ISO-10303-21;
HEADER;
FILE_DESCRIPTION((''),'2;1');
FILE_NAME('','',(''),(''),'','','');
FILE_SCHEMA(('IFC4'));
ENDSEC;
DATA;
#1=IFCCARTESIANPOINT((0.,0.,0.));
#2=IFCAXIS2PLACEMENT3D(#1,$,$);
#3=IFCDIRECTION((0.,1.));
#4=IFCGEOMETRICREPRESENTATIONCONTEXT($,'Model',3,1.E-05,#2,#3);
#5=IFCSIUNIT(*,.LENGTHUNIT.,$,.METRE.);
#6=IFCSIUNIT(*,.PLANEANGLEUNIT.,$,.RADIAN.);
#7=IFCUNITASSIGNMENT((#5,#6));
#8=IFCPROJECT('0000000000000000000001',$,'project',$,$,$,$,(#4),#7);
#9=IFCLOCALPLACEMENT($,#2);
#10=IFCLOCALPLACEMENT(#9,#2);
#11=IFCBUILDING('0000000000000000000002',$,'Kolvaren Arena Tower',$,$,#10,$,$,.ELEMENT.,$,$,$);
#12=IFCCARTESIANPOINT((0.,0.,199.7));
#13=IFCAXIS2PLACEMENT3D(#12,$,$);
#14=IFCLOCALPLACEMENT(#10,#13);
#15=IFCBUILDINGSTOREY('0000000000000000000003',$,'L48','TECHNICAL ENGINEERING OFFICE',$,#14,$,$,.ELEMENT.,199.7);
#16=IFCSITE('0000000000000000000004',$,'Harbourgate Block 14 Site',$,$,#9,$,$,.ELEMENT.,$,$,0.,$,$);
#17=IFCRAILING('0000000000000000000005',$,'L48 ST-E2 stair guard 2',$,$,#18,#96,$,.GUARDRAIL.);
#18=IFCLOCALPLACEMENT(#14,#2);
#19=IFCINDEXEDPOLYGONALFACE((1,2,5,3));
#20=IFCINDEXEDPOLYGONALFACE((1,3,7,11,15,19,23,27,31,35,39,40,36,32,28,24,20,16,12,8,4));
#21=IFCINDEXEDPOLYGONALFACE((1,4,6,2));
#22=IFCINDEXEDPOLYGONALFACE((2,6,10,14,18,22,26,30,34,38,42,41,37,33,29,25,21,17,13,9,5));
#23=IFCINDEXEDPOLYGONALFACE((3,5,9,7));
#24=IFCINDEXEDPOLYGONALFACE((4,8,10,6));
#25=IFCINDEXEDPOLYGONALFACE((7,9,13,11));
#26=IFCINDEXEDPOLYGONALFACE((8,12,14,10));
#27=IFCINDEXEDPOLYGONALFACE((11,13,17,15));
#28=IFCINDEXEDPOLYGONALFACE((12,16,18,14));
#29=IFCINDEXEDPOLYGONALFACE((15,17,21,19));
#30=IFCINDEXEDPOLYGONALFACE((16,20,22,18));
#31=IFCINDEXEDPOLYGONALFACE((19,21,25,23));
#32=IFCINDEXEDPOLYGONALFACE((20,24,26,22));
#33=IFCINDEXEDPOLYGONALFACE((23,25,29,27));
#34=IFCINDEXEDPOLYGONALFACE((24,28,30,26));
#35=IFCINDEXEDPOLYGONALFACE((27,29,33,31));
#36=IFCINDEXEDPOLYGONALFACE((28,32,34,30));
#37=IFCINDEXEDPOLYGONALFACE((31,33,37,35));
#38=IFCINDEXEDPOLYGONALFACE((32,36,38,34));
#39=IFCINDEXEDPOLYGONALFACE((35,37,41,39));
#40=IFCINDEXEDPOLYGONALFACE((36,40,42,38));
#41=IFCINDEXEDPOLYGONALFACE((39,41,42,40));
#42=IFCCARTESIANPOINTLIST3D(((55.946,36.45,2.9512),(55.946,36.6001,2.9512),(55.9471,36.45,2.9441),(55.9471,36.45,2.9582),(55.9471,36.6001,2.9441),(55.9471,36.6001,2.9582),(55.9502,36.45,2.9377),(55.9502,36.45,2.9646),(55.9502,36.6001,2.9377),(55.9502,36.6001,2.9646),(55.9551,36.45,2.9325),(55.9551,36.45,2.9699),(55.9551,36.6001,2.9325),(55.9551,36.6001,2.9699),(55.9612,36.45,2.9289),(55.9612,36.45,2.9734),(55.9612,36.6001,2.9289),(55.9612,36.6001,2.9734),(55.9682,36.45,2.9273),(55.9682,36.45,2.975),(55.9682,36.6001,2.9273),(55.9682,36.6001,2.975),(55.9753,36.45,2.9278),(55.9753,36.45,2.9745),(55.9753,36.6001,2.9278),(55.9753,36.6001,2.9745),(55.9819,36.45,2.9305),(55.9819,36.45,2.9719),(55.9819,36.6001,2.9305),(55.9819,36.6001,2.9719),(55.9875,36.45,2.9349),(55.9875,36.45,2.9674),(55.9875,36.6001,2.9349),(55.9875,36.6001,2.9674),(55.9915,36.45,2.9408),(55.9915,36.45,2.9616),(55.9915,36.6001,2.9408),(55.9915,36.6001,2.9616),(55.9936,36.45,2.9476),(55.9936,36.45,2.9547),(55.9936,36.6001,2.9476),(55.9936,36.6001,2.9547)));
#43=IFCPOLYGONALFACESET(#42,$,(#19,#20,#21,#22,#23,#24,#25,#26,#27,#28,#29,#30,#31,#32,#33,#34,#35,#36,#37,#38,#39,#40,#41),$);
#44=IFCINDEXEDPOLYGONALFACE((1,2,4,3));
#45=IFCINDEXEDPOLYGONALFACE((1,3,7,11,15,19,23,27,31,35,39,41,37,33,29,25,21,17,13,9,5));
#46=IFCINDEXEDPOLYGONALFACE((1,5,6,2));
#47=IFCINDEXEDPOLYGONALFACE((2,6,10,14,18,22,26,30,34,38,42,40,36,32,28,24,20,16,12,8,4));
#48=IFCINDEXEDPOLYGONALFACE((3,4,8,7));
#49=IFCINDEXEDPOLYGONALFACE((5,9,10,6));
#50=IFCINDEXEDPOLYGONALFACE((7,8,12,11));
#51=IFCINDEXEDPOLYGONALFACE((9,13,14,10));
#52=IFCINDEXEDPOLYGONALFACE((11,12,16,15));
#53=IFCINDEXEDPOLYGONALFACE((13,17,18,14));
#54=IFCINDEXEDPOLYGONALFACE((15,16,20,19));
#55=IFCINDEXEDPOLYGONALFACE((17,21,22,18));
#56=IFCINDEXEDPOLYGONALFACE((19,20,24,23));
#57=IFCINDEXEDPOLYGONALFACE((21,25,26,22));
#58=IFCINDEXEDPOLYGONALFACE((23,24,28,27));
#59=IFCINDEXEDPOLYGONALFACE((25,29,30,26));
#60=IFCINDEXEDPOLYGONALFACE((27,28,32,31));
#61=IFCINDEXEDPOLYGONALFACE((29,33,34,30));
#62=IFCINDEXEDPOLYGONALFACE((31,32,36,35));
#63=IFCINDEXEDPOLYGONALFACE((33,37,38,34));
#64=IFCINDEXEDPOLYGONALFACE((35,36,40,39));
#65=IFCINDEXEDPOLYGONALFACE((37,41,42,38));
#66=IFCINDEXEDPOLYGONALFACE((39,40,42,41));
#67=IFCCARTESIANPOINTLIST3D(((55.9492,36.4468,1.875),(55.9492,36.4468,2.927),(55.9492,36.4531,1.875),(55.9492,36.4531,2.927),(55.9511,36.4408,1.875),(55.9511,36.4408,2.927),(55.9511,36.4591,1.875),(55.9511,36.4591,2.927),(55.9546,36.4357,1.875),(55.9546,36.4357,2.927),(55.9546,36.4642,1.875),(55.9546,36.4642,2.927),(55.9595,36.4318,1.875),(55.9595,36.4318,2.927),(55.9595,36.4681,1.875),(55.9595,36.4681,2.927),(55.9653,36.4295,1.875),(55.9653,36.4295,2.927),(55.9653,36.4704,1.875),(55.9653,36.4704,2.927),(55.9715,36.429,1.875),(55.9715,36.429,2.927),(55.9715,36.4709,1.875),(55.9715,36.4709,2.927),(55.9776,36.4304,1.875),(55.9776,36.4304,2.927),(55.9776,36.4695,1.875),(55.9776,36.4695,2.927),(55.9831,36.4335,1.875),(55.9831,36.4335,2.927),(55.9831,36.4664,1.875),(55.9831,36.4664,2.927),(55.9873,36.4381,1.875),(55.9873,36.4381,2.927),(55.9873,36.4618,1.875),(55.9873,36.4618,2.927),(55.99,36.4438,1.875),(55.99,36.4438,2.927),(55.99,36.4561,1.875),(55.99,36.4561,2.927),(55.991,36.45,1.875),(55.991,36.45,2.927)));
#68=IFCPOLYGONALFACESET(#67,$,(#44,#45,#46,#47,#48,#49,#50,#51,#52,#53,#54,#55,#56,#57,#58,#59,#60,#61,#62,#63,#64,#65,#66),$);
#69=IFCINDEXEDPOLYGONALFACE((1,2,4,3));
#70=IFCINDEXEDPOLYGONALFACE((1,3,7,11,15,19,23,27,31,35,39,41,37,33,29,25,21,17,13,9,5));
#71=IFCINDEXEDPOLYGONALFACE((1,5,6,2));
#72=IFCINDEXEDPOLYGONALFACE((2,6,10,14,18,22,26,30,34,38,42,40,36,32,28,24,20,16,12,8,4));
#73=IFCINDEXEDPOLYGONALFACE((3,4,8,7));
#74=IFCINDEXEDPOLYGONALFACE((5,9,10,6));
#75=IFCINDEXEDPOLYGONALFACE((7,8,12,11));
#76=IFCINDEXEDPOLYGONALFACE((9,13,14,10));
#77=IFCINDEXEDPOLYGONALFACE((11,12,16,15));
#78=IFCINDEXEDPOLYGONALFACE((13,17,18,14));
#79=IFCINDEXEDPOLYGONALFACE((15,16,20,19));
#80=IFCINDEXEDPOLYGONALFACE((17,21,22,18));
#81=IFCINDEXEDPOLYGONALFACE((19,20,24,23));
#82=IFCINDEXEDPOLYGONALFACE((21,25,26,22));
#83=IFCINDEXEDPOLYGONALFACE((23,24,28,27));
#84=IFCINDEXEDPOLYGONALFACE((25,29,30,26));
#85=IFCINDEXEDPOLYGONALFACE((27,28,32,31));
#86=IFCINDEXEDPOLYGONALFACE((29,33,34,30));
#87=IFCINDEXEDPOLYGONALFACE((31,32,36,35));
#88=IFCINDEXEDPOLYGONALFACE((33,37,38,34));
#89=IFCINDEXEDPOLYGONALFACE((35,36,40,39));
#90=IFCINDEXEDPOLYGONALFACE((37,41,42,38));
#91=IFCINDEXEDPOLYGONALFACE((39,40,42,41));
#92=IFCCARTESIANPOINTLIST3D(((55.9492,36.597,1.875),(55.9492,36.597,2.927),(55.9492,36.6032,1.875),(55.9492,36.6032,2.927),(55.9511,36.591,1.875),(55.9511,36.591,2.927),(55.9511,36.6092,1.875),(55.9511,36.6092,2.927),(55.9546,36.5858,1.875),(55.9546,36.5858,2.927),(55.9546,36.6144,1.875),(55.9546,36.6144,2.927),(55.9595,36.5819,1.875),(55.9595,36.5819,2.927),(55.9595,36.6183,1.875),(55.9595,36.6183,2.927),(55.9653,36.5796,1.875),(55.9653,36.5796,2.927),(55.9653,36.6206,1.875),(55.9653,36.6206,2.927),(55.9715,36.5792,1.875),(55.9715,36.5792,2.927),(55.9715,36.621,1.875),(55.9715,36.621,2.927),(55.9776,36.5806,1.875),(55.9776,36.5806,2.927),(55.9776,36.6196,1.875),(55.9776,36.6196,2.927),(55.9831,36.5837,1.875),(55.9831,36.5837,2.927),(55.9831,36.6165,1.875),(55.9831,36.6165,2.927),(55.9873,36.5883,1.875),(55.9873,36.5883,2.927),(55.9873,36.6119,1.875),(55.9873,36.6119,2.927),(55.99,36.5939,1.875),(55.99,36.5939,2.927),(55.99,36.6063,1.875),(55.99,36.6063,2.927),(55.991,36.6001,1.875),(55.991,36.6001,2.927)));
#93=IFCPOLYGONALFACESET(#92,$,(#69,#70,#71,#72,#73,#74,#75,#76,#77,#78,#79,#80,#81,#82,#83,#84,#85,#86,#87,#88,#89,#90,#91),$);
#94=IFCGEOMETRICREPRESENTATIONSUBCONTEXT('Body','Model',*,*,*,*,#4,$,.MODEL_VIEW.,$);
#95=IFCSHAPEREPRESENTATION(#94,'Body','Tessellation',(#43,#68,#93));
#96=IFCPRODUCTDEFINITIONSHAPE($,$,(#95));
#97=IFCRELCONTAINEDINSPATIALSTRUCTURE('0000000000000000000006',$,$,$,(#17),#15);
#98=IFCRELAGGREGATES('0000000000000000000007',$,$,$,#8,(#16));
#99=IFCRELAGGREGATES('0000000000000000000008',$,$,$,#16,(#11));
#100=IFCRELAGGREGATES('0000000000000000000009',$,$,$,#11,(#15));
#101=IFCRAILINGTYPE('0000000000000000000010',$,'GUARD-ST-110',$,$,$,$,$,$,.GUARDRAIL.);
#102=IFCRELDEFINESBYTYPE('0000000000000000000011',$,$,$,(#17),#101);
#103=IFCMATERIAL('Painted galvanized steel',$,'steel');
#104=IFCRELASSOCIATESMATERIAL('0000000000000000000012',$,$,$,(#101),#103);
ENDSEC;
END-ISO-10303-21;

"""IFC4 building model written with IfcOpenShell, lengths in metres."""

from ifc_helpers import new_model, si_unit, direction, frame, origin, origin_2d, place, context, subcontext, project, spatial, circle, extrude, material, type_object, element, save


model = new_model("IFC4")

# Units and contexts
model_context = context("Model", 3, precision=1e-05, world=origin(), true_north=direction((0.0, 1.0)))
body_context = subcontext(model_context, "Body", "Model", "MODEL_VIEW")
ifc_project = project(units=[si_unit("LENGTHUNIT", "METRE"), si_unit("PLANEANGLEUNIT", "RADIAN")], contexts=[model_context])

# Site, building, storey
site_placement = place(None, origin())
site = spatial("IfcSite", under=ifc_project, at=site_placement, Name="Harbourgate Block 14 Site", CompositionType="ELEMENT", RefElevation=0.0)
building_placement = place(site_placement, origin())
building = spatial("IfcBuilding", under=site, at=building_placement, Name="Kolvaren Arena Tower", CompositionType="ELEMENT")
storey_placement = place(building_placement, frame((0.0, 0.0, 199.7)))
storey = spatial("IfcBuildingStorey", under=building, at=storey_placement, Name="L48", Description="TECHNICAL ENGINEERING OFFICE", CompositionType="ELEMENT", Elevation=199.7)

# Railing
ifc_material_1 = material(Name="Painted galvanized steel", Category="steel")
railing_type_1 = type_object("IfcRailingType", Name="GUARD-ST-110", PredefinedType="GUARDRAIL", material=ifc_material_1)
railing_1_placement = place(storey_placement, frame((55.97, 36.45, 1.875)))
element("IfcRailing", 1, at=railing_1_placement, inside=storey, type_object=railing_type_1, Name="L48 ST-E2 stair guard 2", PredefinedType="GUARDRAIL", context=body_context, shape_type="SweptSolid", body=[
    extrude(circle(Radius=0.0239, at=origin_2d()), frame((0.0, 0.0, 1.0762), z_axis=(0.0, 1.0, 0.0), x_axis=(-1.0, 0.0, 0.0)), (0.0, 0.0, 1.0), 0.1501),
    extrude(circle(Radius=0.021, at=origin_2d()), origin(), (0.0, 0.0, 1.0), 1.052),
    extrude(circle(Radius=0.021, at=origin_2d()), frame((0.0, 0.1501, 0.0)), (0.0, 0.0, 1.0), 1.052),
])

save(model, "model.ifc")
